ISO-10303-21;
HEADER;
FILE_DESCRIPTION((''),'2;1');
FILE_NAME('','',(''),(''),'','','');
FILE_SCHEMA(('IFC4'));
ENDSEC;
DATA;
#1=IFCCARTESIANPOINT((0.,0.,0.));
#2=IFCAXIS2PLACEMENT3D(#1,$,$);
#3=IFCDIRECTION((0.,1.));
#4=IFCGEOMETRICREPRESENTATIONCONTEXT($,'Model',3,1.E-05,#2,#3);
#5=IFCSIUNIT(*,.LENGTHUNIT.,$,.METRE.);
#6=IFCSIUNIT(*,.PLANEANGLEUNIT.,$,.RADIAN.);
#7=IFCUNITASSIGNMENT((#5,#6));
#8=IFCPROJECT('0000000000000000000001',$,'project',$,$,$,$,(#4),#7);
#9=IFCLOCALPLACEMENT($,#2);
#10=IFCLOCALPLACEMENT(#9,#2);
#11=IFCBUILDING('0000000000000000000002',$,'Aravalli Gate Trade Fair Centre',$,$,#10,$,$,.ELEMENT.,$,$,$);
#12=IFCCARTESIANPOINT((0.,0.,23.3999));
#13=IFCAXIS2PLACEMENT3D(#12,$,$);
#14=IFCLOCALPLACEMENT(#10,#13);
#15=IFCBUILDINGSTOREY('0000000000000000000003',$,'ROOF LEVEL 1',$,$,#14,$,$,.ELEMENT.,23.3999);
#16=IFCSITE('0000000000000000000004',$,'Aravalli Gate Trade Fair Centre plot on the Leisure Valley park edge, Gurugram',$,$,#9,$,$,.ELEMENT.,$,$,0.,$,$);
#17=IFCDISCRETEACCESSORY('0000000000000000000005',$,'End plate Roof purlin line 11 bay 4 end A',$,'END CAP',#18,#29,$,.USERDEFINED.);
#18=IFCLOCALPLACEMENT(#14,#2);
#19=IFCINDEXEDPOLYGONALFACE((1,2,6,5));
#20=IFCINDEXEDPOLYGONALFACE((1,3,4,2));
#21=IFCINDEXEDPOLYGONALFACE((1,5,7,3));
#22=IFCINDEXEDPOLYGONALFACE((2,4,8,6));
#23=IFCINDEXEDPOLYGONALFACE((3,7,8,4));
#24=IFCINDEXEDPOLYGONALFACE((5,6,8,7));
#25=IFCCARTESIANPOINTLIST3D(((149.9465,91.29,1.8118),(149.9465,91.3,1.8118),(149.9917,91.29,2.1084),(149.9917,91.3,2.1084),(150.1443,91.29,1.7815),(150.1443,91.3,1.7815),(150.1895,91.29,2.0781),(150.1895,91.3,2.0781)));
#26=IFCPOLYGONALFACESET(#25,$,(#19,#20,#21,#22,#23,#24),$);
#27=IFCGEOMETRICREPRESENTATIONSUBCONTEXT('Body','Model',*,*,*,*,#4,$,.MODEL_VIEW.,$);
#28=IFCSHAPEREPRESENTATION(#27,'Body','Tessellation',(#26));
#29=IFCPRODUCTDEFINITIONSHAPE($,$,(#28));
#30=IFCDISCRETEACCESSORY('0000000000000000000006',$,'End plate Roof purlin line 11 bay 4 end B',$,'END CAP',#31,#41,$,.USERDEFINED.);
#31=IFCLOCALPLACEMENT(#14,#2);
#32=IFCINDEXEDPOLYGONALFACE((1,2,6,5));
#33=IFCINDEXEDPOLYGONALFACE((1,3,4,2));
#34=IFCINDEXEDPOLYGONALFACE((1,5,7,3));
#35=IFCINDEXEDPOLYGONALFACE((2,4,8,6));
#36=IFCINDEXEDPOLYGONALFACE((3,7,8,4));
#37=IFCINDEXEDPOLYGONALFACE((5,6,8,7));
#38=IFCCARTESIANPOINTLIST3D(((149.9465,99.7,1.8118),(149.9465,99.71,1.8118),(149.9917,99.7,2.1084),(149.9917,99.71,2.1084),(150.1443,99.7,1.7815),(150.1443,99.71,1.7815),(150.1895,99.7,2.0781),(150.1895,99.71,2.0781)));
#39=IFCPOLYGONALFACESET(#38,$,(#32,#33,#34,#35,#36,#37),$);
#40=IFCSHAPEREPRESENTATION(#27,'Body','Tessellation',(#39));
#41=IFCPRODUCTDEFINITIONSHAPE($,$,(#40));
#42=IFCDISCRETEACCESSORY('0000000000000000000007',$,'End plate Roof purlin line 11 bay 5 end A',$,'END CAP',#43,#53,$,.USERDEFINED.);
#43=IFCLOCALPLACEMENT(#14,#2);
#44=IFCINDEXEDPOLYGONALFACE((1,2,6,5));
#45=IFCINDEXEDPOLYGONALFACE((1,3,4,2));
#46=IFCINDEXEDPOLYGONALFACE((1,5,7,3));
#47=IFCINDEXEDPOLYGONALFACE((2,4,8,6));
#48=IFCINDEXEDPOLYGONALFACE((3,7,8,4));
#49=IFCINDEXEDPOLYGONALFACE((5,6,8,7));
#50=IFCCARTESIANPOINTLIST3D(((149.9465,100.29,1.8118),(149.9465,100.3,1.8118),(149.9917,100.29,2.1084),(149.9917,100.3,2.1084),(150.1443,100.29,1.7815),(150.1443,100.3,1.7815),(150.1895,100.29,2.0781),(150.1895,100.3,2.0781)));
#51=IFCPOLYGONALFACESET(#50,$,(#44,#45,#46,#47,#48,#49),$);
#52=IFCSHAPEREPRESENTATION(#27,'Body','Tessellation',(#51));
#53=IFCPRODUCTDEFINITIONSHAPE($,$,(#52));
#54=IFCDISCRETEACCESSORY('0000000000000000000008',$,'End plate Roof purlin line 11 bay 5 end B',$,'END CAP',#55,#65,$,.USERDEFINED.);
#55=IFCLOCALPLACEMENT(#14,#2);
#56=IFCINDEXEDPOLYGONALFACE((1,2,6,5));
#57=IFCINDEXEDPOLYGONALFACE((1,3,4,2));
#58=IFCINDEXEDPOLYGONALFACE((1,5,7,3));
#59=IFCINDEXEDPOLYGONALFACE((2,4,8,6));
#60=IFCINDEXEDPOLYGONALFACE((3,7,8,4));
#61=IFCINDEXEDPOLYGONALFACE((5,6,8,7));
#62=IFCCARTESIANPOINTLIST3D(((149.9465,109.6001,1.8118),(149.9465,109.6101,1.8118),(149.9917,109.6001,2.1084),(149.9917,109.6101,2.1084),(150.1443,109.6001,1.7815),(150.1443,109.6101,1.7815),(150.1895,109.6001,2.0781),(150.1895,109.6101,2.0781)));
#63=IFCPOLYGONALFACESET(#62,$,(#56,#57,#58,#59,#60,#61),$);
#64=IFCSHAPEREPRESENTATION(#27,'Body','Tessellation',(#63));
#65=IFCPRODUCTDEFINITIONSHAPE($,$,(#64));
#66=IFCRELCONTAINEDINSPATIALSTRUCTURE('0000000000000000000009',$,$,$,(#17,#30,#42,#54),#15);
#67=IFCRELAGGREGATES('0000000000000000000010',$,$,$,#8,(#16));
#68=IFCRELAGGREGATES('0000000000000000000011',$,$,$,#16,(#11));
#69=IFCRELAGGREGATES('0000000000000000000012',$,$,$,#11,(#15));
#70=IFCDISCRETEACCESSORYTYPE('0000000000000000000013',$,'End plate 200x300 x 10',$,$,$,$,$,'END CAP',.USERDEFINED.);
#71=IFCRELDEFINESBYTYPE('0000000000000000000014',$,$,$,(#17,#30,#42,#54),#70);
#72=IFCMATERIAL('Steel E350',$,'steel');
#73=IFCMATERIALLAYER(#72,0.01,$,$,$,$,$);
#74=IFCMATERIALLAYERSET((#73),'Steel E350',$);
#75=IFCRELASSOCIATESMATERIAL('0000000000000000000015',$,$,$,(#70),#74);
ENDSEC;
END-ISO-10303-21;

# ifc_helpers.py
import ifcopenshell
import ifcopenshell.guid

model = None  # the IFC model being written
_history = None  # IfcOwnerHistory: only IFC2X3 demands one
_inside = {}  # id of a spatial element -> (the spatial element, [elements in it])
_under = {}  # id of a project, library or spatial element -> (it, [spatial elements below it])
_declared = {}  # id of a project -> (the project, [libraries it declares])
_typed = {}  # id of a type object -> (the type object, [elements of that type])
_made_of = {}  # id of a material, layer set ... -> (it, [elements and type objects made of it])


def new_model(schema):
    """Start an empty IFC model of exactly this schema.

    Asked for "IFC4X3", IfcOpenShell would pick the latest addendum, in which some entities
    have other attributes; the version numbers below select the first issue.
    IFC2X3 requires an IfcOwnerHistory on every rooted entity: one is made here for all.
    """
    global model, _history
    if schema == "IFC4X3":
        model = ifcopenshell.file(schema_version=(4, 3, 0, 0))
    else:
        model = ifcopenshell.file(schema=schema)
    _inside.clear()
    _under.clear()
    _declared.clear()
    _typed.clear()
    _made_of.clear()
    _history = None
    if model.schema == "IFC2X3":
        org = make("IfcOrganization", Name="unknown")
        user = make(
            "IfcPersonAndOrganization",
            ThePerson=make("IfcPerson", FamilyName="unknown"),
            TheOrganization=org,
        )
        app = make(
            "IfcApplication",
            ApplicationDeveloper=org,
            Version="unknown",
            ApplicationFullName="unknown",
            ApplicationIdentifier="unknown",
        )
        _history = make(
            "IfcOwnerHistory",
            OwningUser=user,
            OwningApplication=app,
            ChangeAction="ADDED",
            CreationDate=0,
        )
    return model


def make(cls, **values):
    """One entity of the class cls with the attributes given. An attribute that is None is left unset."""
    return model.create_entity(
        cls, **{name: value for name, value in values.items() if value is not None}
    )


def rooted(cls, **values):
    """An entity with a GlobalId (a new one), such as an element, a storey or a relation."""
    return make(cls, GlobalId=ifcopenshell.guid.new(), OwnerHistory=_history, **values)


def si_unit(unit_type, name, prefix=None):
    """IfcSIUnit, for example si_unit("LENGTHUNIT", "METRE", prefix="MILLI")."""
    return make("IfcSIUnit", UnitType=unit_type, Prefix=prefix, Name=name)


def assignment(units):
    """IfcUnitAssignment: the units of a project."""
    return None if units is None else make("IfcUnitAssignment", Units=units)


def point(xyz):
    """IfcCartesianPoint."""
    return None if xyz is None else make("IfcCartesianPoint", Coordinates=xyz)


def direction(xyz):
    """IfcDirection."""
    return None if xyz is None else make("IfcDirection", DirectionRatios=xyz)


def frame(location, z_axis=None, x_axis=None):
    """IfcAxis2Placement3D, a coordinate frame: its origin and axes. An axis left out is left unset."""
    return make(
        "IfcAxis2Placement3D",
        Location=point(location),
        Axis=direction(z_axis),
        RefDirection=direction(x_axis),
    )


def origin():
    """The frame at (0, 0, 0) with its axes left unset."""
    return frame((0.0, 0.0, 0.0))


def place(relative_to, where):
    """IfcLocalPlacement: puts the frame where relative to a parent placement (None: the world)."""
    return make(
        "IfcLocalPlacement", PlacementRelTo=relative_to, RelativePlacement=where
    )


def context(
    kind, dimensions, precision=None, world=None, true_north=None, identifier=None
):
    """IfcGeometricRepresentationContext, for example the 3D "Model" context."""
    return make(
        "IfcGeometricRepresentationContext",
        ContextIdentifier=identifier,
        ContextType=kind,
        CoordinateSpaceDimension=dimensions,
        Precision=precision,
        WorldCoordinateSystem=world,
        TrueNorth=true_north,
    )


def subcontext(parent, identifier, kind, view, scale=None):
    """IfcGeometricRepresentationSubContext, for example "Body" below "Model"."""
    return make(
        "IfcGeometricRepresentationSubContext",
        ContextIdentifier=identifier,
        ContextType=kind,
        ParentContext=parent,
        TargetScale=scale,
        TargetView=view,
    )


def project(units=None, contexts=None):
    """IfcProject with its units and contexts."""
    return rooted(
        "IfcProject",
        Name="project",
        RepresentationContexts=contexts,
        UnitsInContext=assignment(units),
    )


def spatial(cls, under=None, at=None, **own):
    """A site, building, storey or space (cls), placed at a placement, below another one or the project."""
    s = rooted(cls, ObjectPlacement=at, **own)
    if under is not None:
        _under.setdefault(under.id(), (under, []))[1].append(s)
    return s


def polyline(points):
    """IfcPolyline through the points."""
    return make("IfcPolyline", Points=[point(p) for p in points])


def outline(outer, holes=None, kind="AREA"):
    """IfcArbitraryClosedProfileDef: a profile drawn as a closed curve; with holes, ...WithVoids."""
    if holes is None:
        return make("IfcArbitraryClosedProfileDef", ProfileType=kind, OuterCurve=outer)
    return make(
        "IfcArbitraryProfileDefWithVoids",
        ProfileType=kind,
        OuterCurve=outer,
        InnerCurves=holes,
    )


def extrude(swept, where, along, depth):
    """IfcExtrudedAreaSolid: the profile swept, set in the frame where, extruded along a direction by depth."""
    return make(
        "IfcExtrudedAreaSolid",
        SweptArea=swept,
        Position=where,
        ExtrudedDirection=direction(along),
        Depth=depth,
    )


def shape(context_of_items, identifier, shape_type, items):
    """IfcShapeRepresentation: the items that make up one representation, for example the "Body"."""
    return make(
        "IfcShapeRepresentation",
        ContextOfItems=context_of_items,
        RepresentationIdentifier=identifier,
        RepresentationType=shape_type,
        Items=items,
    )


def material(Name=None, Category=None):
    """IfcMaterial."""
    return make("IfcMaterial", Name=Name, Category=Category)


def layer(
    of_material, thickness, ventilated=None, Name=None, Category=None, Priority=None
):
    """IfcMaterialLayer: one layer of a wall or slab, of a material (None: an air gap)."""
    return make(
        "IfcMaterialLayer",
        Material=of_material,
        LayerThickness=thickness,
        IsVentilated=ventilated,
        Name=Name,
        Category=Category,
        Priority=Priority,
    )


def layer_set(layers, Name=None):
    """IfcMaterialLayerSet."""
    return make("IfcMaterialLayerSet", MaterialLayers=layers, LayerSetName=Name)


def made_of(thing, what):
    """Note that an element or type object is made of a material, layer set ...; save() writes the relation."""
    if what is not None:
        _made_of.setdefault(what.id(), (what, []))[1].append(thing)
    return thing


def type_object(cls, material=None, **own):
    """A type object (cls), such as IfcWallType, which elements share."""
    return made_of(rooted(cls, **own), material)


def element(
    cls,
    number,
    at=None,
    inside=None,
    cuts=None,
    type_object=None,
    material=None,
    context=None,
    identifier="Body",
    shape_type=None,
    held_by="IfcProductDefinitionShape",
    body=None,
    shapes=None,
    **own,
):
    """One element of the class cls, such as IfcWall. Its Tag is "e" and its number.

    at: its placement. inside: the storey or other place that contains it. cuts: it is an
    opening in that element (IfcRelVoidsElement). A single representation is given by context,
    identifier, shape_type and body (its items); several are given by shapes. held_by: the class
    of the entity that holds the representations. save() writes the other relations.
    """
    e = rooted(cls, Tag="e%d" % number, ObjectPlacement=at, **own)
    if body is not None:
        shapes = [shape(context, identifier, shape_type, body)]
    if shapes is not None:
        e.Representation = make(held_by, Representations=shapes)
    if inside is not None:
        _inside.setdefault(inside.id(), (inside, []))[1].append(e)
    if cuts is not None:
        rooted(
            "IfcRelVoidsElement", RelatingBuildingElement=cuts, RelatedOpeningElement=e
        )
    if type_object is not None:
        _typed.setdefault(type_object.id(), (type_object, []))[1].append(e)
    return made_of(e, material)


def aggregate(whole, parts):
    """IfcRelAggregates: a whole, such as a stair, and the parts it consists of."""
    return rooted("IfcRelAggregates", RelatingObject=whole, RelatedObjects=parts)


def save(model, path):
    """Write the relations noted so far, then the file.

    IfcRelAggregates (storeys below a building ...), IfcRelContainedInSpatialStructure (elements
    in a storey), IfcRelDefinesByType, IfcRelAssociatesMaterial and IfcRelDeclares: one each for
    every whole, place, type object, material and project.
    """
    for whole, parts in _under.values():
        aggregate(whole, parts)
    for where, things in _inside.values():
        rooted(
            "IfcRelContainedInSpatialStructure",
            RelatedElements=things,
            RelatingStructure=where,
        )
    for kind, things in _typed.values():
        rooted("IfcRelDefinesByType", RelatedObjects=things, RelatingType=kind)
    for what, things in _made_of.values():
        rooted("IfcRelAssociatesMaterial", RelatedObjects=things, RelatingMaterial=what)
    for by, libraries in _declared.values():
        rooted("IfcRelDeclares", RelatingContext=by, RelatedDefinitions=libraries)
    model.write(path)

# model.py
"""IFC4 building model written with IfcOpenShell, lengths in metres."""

from ifc_helpers import new_model, si_unit, direction, frame, origin, place, context, subcontext, project, spatial, polyline, outline, extrude, material, layer, layer_set, type_object, element, save


model = new_model("IFC4")

# Units and contexts
model_context = context("Model", 3, precision=1e-05, world=origin(), true_north=direction((0.0, 1.0)))
body_context = subcontext(model_context, "Body", "Model", "MODEL_VIEW")
ifc_project = project(units=[si_unit("LENGTHUNIT", "METRE"), si_unit("PLANEANGLEUNIT", "RADIAN")], contexts=[model_context])

# Site, building, storey
site_placement = place(None, origin())
site = spatial("IfcSite", under=ifc_project, at=site_placement, Name="Aravalli Gate Trade Fair Centre plot on the Leisure Valley park edge, Gurugram", CompositionType="ELEMENT", RefElevation=0.0)
building_placement = place(site_placement, origin())
building = spatial("IfcBuilding", under=site, at=building_placement, Name="Aravalli Gate Trade Fair Centre", CompositionType="ELEMENT")
storey_placement = place(building_placement, frame((0.0, 0.0, 23.3999)))
storey = spatial("IfcBuildingStorey", under=building, at=storey_placement, Name="ROOF LEVEL 1", CompositionType="ELEMENT", Elevation=23.3999)

# Shared definitions
ifc_material_1 = material(Name="Steel E350", Category="steel")

# Discrete accessories
ifc_layer_1 = layer(ifc_material_1, 0.01)
ifc_layer_set_1 = layer_set([ifc_layer_1], Name="Steel E350")
discrete_accessory_type = type_object("IfcDiscreteAccessoryType", Name="End plate 200x300 x 10", ElementType="END CAP", PredefinedType="USERDEFINED", material=ifc_layer_set_1)
for number, where, z_axis, x_axis, name in (
    (1, (150.1443, 91.3, 1.7815), (0.0, 1.0, 0.0), (-0.988484, 0.0, 0.151324), "End plate Roof purlin line 11 bay 4 end A"),
    (2, (150.1443, 99.71, 1.7815), (0.0, 1.0, 0.0), (-0.988484, 0.0, 0.151324), "End plate Roof purlin line 11 bay 4 end B"),
    (3, (150.1443, 100.3, 1.7815), (0.0, 1.0, 0.0), (-0.988484, 0.0, 0.151324), "End plate Roof purlin line 11 bay 5 end A"),
    (4, (150.1443, 109.6101, 1.7815), (0.0, 1.0, 0.0), (-0.988484, 0.0, 0.151324), "End plate Roof purlin line 11 bay 5 end B"),
):
    element("IfcDiscreteAccessory", number, at=place(storey_placement, frame(where, z_axis=z_axis, x_axis=x_axis)), inside=storey, type_object=discrete_accessory_type, Name=name, ObjectType="END CAP", PredefinedType="USERDEFINED", context=body_context, shape_type="SweptSolid", body=[
        extrude(outline(polyline([(0.0, 0.0), (0.2001, 0.0), (0.2003, 0.3), (0.0002, 0.3), (0.0, 0.0)])), origin(), (0.0, 0.0, -1.0), 0.01),
    ])

save(model, "model.ifc")
